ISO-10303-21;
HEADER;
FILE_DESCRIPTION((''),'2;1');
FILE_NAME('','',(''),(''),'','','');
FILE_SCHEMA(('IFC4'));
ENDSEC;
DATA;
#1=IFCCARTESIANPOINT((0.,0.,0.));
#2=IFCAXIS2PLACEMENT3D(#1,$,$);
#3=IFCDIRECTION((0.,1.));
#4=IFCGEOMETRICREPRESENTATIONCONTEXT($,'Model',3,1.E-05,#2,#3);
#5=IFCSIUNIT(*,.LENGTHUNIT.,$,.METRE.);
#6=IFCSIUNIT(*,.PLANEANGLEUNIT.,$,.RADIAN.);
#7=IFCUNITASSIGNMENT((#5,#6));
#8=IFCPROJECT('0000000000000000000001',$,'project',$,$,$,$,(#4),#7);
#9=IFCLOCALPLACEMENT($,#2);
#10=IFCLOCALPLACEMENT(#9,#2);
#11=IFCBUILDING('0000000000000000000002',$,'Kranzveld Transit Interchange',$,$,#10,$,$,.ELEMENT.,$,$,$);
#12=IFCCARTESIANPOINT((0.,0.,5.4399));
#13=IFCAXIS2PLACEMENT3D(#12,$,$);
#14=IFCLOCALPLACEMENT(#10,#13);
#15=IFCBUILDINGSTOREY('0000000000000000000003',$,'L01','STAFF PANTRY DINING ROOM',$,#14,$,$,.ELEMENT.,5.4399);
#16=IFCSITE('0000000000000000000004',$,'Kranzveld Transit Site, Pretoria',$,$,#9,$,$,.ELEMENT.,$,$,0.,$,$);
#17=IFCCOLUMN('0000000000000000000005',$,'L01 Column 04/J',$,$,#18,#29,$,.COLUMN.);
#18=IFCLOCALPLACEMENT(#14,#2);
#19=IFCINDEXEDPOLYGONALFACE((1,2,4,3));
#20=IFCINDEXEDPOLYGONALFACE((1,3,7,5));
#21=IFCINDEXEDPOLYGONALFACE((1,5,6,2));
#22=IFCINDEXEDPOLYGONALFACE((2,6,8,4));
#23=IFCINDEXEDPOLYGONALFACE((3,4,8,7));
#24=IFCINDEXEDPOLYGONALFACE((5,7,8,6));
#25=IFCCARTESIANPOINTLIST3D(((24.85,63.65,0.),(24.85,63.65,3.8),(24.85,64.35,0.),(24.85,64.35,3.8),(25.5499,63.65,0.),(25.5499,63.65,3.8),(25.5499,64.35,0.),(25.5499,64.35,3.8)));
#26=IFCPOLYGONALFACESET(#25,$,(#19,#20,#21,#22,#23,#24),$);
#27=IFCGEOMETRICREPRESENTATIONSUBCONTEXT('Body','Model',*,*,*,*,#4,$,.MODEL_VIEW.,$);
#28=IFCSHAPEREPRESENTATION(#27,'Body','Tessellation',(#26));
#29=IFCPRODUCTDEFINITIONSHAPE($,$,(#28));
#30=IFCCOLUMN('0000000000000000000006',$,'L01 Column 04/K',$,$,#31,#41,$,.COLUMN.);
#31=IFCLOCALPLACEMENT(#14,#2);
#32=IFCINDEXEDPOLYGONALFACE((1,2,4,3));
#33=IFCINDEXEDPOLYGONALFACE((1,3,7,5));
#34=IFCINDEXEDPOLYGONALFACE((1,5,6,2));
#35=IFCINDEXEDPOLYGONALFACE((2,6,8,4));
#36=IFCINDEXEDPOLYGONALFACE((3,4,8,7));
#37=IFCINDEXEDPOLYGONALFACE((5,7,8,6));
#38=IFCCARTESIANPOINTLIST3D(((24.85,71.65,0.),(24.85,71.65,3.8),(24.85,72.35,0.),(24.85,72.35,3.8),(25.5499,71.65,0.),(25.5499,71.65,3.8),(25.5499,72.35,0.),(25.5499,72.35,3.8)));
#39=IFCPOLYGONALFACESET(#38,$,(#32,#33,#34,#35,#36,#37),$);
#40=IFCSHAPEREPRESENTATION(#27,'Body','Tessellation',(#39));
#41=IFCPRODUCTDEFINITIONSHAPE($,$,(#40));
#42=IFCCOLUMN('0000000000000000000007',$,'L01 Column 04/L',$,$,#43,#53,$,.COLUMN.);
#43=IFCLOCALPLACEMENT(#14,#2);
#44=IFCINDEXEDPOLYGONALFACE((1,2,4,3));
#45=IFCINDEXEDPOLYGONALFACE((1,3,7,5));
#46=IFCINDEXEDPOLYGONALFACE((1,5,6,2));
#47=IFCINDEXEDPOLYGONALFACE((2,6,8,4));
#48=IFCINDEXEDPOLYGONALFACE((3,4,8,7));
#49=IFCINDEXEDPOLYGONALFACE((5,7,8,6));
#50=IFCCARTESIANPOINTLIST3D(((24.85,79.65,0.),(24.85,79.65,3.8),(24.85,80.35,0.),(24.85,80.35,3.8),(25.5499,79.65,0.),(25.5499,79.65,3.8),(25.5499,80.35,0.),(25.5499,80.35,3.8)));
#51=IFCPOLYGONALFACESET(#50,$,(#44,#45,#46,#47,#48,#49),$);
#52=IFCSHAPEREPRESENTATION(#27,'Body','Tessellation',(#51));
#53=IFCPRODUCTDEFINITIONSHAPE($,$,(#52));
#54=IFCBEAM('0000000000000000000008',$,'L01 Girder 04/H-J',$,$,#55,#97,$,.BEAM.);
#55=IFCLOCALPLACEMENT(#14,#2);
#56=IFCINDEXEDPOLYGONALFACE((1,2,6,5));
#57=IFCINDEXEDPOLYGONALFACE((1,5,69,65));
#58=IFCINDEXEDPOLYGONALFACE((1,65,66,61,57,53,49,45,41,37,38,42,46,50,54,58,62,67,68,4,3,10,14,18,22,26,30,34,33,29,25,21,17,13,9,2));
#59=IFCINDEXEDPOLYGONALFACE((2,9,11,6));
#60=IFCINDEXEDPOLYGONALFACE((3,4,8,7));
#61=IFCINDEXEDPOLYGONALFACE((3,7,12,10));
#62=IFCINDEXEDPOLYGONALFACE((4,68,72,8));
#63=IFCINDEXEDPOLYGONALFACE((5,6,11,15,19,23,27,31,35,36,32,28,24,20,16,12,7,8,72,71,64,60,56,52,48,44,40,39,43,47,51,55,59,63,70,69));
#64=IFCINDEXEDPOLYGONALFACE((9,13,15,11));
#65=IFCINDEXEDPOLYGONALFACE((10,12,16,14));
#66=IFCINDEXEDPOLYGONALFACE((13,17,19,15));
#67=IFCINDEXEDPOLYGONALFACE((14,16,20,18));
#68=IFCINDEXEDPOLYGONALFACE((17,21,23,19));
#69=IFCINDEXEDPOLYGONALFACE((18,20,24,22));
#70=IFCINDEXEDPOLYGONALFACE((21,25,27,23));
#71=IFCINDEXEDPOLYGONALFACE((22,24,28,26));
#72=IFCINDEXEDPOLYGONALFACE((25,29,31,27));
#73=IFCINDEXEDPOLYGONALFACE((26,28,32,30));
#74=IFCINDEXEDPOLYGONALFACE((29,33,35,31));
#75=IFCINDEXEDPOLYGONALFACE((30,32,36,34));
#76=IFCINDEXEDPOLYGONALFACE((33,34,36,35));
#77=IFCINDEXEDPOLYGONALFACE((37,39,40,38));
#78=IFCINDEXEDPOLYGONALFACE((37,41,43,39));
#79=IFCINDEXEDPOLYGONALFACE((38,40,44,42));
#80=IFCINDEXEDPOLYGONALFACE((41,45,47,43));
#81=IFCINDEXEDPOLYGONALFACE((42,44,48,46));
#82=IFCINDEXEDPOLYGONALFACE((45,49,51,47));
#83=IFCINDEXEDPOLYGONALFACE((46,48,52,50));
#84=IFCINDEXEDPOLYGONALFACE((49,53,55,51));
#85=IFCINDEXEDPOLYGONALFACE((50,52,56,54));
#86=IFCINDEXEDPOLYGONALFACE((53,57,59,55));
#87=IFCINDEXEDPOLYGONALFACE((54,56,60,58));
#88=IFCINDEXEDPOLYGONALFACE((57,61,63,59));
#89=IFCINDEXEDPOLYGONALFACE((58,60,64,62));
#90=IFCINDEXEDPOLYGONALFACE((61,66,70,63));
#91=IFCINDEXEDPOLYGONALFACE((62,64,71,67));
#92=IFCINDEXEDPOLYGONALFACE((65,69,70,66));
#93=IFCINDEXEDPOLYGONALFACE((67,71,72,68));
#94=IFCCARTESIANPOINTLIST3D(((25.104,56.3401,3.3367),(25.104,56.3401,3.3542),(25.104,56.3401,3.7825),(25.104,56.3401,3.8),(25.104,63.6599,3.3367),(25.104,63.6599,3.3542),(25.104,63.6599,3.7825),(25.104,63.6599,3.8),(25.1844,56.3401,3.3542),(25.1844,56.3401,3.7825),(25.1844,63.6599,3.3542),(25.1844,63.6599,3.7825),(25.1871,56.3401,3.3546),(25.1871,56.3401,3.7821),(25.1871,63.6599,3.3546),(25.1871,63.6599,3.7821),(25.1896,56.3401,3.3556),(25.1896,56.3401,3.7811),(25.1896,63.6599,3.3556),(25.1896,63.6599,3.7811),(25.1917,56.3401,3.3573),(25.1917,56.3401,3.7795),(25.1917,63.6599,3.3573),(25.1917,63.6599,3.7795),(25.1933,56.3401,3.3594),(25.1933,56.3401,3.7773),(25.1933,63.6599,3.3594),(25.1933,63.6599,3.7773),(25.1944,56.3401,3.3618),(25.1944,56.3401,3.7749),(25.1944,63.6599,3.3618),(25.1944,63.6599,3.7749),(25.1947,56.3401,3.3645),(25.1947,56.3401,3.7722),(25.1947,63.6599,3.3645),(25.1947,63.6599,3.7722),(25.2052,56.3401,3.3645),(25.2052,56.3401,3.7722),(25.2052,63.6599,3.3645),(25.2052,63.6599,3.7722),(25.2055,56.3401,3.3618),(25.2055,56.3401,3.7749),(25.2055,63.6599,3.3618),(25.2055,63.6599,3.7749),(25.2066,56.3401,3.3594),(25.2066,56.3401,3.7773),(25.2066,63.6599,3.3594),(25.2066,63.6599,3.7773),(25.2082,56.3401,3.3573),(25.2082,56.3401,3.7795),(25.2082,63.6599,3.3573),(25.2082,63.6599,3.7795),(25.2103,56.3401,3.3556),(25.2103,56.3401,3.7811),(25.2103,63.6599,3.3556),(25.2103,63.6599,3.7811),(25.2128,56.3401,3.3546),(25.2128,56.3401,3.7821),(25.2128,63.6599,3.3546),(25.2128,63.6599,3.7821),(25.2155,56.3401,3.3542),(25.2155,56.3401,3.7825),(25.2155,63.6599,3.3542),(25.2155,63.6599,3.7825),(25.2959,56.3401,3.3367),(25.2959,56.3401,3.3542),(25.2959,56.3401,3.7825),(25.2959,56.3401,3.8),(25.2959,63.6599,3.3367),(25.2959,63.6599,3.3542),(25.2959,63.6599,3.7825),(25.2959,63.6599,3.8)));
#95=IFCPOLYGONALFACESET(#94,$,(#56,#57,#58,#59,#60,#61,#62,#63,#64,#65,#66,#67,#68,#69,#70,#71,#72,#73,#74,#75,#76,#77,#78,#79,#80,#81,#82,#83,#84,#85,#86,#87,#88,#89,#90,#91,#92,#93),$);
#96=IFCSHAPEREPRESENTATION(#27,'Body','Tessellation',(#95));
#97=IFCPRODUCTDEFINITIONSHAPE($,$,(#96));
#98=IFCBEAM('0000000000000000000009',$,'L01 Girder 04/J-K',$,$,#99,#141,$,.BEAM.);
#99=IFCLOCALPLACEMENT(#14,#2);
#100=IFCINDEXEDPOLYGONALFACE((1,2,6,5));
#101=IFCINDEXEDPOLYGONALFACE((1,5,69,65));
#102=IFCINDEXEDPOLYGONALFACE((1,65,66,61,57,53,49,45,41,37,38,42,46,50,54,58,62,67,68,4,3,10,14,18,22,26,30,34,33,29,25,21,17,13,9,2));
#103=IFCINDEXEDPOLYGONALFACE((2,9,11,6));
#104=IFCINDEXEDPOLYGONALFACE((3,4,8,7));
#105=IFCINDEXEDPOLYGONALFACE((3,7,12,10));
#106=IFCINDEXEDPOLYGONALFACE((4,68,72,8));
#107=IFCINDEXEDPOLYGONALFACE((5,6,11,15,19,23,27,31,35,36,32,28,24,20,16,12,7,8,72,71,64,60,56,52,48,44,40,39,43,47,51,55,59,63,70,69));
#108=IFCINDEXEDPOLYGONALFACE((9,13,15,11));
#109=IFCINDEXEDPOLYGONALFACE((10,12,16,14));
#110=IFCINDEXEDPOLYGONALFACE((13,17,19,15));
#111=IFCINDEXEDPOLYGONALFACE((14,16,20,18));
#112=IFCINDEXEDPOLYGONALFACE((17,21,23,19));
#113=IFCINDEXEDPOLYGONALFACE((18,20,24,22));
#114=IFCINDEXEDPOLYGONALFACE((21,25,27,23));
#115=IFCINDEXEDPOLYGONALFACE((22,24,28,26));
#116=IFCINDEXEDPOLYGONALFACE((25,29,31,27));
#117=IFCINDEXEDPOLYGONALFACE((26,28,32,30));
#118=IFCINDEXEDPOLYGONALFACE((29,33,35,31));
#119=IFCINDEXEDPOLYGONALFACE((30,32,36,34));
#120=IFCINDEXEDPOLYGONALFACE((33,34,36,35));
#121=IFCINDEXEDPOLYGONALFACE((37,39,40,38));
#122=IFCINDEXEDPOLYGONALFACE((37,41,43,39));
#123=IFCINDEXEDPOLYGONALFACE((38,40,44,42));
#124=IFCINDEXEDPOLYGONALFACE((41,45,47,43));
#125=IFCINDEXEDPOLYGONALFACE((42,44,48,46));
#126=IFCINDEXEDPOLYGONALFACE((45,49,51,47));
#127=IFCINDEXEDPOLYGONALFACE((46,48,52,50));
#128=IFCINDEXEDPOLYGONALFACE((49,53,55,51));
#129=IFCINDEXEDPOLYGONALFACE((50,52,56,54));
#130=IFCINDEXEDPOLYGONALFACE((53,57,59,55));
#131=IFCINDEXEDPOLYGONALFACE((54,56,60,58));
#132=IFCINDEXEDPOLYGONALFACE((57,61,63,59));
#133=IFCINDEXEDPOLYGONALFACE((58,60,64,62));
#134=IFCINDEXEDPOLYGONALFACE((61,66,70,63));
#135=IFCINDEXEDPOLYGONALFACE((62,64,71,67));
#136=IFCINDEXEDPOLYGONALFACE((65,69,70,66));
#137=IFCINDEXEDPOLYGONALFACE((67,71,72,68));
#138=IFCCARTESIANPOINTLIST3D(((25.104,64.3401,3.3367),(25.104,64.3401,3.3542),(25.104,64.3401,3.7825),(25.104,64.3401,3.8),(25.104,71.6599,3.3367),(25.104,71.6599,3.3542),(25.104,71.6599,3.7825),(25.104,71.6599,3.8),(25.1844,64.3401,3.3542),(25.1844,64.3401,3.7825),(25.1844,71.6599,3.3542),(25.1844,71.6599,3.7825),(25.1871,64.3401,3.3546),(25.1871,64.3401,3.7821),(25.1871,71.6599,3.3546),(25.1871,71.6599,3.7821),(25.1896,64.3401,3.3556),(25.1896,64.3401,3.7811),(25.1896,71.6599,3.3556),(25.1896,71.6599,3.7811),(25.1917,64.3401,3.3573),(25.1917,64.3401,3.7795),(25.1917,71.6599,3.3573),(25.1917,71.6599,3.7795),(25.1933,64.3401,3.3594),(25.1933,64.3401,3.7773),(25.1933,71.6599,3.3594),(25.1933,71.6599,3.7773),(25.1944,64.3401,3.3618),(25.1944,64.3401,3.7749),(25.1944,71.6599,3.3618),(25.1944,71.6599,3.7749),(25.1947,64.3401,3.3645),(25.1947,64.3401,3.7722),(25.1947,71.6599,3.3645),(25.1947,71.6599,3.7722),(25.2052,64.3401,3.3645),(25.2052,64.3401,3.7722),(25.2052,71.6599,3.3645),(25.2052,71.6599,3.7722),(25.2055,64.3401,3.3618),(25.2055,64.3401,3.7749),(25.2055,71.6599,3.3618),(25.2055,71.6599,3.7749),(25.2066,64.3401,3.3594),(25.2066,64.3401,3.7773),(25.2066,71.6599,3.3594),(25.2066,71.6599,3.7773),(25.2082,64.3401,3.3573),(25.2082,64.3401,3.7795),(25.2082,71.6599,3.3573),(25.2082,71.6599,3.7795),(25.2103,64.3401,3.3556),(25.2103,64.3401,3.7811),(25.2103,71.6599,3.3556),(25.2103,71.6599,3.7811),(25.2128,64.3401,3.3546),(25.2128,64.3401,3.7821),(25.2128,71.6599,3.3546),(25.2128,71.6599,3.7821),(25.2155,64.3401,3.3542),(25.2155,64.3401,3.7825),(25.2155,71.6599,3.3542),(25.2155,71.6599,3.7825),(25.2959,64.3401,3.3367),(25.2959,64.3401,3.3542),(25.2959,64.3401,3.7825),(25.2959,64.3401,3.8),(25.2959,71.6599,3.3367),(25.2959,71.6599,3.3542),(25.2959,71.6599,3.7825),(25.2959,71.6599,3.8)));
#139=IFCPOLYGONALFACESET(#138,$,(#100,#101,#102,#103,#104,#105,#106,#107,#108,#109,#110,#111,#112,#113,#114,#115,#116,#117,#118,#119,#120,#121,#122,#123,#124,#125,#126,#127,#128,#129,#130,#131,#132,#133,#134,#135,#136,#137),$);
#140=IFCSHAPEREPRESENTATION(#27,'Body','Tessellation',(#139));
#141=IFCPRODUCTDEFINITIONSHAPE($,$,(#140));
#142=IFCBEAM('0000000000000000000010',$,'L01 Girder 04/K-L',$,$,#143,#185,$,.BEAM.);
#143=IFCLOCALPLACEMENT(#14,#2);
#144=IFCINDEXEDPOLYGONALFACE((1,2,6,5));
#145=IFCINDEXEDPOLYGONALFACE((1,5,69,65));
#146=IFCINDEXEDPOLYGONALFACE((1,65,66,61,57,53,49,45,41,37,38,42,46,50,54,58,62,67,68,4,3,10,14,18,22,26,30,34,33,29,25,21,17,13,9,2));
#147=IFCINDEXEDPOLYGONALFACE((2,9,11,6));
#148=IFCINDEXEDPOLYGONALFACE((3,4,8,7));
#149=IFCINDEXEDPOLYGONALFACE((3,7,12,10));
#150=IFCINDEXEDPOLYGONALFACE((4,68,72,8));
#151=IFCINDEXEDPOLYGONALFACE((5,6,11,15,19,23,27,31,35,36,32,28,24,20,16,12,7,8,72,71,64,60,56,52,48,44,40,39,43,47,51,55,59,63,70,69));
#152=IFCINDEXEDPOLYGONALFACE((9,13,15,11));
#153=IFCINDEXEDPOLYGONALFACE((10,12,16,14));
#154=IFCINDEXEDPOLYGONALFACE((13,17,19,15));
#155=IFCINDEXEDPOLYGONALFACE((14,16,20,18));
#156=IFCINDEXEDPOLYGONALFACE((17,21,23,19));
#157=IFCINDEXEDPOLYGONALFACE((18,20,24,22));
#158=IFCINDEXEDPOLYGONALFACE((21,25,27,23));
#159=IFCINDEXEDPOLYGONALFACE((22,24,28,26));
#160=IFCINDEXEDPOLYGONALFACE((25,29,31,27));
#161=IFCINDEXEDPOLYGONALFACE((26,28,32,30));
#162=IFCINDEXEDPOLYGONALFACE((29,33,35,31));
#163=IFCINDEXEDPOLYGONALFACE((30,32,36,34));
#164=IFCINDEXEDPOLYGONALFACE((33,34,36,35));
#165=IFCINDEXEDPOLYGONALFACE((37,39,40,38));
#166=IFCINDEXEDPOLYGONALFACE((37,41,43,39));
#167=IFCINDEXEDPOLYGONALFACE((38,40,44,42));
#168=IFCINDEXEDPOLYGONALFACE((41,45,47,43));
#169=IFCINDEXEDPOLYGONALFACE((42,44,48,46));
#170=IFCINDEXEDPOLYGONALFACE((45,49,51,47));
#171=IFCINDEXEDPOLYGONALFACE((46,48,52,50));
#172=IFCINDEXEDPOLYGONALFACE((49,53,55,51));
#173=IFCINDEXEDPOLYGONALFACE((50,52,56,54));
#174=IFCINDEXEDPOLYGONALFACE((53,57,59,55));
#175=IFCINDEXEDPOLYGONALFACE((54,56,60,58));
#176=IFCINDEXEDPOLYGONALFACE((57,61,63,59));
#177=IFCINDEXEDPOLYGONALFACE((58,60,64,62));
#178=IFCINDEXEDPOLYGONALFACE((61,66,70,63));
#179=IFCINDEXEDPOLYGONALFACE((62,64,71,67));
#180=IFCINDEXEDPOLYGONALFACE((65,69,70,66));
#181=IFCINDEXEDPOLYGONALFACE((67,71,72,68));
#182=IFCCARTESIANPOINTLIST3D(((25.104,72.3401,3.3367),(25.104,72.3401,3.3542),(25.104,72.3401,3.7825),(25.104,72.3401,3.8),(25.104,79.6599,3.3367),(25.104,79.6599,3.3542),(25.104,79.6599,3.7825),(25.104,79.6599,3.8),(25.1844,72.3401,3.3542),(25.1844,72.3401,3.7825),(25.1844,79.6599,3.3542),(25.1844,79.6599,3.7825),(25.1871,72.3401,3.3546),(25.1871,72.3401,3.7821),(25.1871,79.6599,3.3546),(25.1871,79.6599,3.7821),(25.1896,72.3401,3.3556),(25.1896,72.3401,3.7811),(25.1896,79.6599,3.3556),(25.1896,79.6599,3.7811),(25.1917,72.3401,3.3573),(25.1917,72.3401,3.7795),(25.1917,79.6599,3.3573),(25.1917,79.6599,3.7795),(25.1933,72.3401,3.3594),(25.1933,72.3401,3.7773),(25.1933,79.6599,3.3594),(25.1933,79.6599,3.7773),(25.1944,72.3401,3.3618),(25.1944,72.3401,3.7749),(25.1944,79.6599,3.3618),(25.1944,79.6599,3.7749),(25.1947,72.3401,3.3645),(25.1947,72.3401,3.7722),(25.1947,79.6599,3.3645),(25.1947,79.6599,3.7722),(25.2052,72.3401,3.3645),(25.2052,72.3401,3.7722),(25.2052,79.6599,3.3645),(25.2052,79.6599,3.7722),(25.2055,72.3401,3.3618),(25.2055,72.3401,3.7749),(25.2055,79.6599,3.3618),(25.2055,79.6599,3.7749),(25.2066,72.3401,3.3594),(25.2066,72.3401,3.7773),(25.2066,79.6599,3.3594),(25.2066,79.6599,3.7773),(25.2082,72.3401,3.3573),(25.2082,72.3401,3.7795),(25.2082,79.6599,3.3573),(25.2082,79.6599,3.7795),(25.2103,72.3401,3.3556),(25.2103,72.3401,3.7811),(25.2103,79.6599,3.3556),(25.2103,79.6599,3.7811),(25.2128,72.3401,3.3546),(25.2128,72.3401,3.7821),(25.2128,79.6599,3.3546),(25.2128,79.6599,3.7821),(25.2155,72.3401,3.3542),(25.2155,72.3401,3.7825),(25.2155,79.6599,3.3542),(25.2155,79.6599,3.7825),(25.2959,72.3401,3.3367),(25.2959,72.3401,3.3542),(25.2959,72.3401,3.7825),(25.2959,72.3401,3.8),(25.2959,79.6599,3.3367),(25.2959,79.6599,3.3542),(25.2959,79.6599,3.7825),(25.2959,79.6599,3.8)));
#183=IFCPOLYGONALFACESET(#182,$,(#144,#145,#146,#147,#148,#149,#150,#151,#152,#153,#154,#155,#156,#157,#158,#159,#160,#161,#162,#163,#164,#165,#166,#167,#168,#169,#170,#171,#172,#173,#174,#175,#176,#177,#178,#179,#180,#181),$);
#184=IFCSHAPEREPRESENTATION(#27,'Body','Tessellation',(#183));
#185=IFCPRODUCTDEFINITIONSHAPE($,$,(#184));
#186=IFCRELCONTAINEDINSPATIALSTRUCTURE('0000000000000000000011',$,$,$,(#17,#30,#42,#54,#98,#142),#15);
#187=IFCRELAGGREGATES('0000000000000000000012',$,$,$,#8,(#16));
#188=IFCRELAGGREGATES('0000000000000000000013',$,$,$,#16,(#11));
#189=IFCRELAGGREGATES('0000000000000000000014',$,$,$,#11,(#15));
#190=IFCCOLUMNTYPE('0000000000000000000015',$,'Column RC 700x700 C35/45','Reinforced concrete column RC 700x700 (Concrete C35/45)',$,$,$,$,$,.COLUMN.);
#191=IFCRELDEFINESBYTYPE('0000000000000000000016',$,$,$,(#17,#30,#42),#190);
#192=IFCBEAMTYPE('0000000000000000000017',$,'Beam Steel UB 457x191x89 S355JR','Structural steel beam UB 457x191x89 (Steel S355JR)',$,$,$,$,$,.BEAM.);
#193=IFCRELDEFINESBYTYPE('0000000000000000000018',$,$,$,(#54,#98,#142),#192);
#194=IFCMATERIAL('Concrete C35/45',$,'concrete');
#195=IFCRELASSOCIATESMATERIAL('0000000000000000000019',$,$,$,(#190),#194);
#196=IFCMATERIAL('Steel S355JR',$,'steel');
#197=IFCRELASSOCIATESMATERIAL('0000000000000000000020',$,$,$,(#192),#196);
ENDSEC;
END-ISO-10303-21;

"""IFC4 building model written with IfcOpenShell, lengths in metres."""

from ifc_helpers import new_model, si_unit, direction, frame, origin, origin_2d, place, context, subcontext, project, spatial, rectangle, i_section, extrude, material, material_profile, profile_set, type_object, element, save


model = new_model("IFC4")

# Units and contexts
model_context = context("Model", 3, precision=1e-05, world=origin(), true_north=direction((0.0, 1.0)))
body_context = subcontext(model_context, "Body", "Model", "MODEL_VIEW")
ifc_project = project(units=[si_unit("LENGTHUNIT", "METRE"), si_unit("PLANEANGLEUNIT", "RADIAN")], contexts=[model_context])

# Site, building, storey
site_placement = place(None, origin())
site = spatial("IfcSite", under=ifc_project, at=site_placement, Name="Kranzveld Transit Site, Pretoria", CompositionType="ELEMENT", RefElevation=0.0)
building_placement = place(site_placement, origin())
building = spatial("IfcBuilding", under=site, at=building_placement, Name="Kranzveld Transit Interchange", CompositionType="ELEMENT")
storey_placement = place(building_placement, frame((0.0, 0.0, 5.4399)))
storey = spatial("IfcBuildingStorey", under=building, at=storey_placement, Name="L01", Description="STAFF PANTRY DINING ROOM", CompositionType="ELEMENT", Elevation=5.4399)

# Columns
ifc_material_1 = material(Name="Concrete C35/45", Category="concrete")
ifc_material_profile_1 = material_profile(ifc_material_1, rectangle(XDim=0.7, YDim=0.7, at=origin_2d()), Name="RC 700x700")
ifc_profile_set_1 = profile_set([ifc_material_profile_1], Name="Concrete C35/45")
column_type = type_object("IfcColumnType", Name="Column RC 700x700 C35/45", Description="Reinforced concrete column RC 700x700 (Concrete C35/45)", PredefinedType="COLUMN", material=ifc_profile_set_1)
for number, where, z_axis, x_axis, name in (
    (1, (25.2, 64.0, 0.0), (0.0, 0.0, 1.0), (1.0, 0.0, 0.0), "L01 Column 04/J"),
    (2, (25.2, 72.0, 0.0), (0.0, 0.0, 1.0), (1.0, 0.0, 0.0), "L01 Column 04/K"),
    (3, (25.2, 80.0, 0.0), (0.0, 0.0, 1.0), (1.0, 0.0, 0.0), "L01 Column 04/L"),
):
    element("IfcColumn", number, at=place(storey_placement, frame(where, z_axis=z_axis, x_axis=x_axis)), inside=storey, type_object=column_type, Name=name, PredefinedType="COLUMN", context=body_context, shape_type="SweptSolid", body=[
        extrude(rectangle(XDim=0.7, YDim=0.7, at=origin_2d()), origin(), (0.0, 0.0, 1.0), 3.8),
    ])

# Beams
ifc_material_2 = material(Name="Steel S355JR", Category="steel")
ifc_material_profile_2 = material_profile(ifc_material_2, i_section(OverallWidth=0.1919, OverallDepth=0.4634, WebThickness=0.0105, FlangeThickness=0.0176, FilletRadius=0.0103, at=origin_2d()), Name="UB 457x191x89")
ifc_profile_set_2 = profile_set([ifc_material_profile_2], Name="Steel S355JR")
beam_type_1 = type_object("IfcBeamType", Name="Beam Steel UB 457x191x89 S355JR", Description="Structural steel beam UB 457x191x89 (Steel S355JR)", PredefinedType="BEAM", material=ifc_profile_set_2)
for number, where, z_axis, x_axis, name in (
    (4, (25.2, 56.3401, 3.5684), (0.0, 1.0, 0.0), (-1.0, 0.0, 0.0), "L01 Girder 04/H-J"),
    (5, (25.2, 64.3401, 3.5684), (0.0, 1.0, 0.0), (-1.0, 0.0, 0.0), "L01 Girder 04/J-K"),
    (6, (25.2, 72.3401, 3.5684), (0.0, 1.0, 0.0), (-1.0, 0.0, 0.0), "L01 Girder 04/K-L"),
):
    element("IfcBeam", number, at=place(storey_placement, frame(where, z_axis=z_axis, x_axis=x_axis)), inside=storey, type_object=beam_type_1, Name=name, PredefinedType="BEAM", context=body_context, shape_type="SweptSolid", body=[
        extrude(i_section(OverallWidth=0.1919, OverallDepth=0.4634, WebThickness=0.0105, FlangeThickness=0.0176, FilletRadius=0.0103, at=origin_2d()), origin(), (0.0, 0.0, 1.0), 7.3198),
    ])

save(model, "model.ifc")
